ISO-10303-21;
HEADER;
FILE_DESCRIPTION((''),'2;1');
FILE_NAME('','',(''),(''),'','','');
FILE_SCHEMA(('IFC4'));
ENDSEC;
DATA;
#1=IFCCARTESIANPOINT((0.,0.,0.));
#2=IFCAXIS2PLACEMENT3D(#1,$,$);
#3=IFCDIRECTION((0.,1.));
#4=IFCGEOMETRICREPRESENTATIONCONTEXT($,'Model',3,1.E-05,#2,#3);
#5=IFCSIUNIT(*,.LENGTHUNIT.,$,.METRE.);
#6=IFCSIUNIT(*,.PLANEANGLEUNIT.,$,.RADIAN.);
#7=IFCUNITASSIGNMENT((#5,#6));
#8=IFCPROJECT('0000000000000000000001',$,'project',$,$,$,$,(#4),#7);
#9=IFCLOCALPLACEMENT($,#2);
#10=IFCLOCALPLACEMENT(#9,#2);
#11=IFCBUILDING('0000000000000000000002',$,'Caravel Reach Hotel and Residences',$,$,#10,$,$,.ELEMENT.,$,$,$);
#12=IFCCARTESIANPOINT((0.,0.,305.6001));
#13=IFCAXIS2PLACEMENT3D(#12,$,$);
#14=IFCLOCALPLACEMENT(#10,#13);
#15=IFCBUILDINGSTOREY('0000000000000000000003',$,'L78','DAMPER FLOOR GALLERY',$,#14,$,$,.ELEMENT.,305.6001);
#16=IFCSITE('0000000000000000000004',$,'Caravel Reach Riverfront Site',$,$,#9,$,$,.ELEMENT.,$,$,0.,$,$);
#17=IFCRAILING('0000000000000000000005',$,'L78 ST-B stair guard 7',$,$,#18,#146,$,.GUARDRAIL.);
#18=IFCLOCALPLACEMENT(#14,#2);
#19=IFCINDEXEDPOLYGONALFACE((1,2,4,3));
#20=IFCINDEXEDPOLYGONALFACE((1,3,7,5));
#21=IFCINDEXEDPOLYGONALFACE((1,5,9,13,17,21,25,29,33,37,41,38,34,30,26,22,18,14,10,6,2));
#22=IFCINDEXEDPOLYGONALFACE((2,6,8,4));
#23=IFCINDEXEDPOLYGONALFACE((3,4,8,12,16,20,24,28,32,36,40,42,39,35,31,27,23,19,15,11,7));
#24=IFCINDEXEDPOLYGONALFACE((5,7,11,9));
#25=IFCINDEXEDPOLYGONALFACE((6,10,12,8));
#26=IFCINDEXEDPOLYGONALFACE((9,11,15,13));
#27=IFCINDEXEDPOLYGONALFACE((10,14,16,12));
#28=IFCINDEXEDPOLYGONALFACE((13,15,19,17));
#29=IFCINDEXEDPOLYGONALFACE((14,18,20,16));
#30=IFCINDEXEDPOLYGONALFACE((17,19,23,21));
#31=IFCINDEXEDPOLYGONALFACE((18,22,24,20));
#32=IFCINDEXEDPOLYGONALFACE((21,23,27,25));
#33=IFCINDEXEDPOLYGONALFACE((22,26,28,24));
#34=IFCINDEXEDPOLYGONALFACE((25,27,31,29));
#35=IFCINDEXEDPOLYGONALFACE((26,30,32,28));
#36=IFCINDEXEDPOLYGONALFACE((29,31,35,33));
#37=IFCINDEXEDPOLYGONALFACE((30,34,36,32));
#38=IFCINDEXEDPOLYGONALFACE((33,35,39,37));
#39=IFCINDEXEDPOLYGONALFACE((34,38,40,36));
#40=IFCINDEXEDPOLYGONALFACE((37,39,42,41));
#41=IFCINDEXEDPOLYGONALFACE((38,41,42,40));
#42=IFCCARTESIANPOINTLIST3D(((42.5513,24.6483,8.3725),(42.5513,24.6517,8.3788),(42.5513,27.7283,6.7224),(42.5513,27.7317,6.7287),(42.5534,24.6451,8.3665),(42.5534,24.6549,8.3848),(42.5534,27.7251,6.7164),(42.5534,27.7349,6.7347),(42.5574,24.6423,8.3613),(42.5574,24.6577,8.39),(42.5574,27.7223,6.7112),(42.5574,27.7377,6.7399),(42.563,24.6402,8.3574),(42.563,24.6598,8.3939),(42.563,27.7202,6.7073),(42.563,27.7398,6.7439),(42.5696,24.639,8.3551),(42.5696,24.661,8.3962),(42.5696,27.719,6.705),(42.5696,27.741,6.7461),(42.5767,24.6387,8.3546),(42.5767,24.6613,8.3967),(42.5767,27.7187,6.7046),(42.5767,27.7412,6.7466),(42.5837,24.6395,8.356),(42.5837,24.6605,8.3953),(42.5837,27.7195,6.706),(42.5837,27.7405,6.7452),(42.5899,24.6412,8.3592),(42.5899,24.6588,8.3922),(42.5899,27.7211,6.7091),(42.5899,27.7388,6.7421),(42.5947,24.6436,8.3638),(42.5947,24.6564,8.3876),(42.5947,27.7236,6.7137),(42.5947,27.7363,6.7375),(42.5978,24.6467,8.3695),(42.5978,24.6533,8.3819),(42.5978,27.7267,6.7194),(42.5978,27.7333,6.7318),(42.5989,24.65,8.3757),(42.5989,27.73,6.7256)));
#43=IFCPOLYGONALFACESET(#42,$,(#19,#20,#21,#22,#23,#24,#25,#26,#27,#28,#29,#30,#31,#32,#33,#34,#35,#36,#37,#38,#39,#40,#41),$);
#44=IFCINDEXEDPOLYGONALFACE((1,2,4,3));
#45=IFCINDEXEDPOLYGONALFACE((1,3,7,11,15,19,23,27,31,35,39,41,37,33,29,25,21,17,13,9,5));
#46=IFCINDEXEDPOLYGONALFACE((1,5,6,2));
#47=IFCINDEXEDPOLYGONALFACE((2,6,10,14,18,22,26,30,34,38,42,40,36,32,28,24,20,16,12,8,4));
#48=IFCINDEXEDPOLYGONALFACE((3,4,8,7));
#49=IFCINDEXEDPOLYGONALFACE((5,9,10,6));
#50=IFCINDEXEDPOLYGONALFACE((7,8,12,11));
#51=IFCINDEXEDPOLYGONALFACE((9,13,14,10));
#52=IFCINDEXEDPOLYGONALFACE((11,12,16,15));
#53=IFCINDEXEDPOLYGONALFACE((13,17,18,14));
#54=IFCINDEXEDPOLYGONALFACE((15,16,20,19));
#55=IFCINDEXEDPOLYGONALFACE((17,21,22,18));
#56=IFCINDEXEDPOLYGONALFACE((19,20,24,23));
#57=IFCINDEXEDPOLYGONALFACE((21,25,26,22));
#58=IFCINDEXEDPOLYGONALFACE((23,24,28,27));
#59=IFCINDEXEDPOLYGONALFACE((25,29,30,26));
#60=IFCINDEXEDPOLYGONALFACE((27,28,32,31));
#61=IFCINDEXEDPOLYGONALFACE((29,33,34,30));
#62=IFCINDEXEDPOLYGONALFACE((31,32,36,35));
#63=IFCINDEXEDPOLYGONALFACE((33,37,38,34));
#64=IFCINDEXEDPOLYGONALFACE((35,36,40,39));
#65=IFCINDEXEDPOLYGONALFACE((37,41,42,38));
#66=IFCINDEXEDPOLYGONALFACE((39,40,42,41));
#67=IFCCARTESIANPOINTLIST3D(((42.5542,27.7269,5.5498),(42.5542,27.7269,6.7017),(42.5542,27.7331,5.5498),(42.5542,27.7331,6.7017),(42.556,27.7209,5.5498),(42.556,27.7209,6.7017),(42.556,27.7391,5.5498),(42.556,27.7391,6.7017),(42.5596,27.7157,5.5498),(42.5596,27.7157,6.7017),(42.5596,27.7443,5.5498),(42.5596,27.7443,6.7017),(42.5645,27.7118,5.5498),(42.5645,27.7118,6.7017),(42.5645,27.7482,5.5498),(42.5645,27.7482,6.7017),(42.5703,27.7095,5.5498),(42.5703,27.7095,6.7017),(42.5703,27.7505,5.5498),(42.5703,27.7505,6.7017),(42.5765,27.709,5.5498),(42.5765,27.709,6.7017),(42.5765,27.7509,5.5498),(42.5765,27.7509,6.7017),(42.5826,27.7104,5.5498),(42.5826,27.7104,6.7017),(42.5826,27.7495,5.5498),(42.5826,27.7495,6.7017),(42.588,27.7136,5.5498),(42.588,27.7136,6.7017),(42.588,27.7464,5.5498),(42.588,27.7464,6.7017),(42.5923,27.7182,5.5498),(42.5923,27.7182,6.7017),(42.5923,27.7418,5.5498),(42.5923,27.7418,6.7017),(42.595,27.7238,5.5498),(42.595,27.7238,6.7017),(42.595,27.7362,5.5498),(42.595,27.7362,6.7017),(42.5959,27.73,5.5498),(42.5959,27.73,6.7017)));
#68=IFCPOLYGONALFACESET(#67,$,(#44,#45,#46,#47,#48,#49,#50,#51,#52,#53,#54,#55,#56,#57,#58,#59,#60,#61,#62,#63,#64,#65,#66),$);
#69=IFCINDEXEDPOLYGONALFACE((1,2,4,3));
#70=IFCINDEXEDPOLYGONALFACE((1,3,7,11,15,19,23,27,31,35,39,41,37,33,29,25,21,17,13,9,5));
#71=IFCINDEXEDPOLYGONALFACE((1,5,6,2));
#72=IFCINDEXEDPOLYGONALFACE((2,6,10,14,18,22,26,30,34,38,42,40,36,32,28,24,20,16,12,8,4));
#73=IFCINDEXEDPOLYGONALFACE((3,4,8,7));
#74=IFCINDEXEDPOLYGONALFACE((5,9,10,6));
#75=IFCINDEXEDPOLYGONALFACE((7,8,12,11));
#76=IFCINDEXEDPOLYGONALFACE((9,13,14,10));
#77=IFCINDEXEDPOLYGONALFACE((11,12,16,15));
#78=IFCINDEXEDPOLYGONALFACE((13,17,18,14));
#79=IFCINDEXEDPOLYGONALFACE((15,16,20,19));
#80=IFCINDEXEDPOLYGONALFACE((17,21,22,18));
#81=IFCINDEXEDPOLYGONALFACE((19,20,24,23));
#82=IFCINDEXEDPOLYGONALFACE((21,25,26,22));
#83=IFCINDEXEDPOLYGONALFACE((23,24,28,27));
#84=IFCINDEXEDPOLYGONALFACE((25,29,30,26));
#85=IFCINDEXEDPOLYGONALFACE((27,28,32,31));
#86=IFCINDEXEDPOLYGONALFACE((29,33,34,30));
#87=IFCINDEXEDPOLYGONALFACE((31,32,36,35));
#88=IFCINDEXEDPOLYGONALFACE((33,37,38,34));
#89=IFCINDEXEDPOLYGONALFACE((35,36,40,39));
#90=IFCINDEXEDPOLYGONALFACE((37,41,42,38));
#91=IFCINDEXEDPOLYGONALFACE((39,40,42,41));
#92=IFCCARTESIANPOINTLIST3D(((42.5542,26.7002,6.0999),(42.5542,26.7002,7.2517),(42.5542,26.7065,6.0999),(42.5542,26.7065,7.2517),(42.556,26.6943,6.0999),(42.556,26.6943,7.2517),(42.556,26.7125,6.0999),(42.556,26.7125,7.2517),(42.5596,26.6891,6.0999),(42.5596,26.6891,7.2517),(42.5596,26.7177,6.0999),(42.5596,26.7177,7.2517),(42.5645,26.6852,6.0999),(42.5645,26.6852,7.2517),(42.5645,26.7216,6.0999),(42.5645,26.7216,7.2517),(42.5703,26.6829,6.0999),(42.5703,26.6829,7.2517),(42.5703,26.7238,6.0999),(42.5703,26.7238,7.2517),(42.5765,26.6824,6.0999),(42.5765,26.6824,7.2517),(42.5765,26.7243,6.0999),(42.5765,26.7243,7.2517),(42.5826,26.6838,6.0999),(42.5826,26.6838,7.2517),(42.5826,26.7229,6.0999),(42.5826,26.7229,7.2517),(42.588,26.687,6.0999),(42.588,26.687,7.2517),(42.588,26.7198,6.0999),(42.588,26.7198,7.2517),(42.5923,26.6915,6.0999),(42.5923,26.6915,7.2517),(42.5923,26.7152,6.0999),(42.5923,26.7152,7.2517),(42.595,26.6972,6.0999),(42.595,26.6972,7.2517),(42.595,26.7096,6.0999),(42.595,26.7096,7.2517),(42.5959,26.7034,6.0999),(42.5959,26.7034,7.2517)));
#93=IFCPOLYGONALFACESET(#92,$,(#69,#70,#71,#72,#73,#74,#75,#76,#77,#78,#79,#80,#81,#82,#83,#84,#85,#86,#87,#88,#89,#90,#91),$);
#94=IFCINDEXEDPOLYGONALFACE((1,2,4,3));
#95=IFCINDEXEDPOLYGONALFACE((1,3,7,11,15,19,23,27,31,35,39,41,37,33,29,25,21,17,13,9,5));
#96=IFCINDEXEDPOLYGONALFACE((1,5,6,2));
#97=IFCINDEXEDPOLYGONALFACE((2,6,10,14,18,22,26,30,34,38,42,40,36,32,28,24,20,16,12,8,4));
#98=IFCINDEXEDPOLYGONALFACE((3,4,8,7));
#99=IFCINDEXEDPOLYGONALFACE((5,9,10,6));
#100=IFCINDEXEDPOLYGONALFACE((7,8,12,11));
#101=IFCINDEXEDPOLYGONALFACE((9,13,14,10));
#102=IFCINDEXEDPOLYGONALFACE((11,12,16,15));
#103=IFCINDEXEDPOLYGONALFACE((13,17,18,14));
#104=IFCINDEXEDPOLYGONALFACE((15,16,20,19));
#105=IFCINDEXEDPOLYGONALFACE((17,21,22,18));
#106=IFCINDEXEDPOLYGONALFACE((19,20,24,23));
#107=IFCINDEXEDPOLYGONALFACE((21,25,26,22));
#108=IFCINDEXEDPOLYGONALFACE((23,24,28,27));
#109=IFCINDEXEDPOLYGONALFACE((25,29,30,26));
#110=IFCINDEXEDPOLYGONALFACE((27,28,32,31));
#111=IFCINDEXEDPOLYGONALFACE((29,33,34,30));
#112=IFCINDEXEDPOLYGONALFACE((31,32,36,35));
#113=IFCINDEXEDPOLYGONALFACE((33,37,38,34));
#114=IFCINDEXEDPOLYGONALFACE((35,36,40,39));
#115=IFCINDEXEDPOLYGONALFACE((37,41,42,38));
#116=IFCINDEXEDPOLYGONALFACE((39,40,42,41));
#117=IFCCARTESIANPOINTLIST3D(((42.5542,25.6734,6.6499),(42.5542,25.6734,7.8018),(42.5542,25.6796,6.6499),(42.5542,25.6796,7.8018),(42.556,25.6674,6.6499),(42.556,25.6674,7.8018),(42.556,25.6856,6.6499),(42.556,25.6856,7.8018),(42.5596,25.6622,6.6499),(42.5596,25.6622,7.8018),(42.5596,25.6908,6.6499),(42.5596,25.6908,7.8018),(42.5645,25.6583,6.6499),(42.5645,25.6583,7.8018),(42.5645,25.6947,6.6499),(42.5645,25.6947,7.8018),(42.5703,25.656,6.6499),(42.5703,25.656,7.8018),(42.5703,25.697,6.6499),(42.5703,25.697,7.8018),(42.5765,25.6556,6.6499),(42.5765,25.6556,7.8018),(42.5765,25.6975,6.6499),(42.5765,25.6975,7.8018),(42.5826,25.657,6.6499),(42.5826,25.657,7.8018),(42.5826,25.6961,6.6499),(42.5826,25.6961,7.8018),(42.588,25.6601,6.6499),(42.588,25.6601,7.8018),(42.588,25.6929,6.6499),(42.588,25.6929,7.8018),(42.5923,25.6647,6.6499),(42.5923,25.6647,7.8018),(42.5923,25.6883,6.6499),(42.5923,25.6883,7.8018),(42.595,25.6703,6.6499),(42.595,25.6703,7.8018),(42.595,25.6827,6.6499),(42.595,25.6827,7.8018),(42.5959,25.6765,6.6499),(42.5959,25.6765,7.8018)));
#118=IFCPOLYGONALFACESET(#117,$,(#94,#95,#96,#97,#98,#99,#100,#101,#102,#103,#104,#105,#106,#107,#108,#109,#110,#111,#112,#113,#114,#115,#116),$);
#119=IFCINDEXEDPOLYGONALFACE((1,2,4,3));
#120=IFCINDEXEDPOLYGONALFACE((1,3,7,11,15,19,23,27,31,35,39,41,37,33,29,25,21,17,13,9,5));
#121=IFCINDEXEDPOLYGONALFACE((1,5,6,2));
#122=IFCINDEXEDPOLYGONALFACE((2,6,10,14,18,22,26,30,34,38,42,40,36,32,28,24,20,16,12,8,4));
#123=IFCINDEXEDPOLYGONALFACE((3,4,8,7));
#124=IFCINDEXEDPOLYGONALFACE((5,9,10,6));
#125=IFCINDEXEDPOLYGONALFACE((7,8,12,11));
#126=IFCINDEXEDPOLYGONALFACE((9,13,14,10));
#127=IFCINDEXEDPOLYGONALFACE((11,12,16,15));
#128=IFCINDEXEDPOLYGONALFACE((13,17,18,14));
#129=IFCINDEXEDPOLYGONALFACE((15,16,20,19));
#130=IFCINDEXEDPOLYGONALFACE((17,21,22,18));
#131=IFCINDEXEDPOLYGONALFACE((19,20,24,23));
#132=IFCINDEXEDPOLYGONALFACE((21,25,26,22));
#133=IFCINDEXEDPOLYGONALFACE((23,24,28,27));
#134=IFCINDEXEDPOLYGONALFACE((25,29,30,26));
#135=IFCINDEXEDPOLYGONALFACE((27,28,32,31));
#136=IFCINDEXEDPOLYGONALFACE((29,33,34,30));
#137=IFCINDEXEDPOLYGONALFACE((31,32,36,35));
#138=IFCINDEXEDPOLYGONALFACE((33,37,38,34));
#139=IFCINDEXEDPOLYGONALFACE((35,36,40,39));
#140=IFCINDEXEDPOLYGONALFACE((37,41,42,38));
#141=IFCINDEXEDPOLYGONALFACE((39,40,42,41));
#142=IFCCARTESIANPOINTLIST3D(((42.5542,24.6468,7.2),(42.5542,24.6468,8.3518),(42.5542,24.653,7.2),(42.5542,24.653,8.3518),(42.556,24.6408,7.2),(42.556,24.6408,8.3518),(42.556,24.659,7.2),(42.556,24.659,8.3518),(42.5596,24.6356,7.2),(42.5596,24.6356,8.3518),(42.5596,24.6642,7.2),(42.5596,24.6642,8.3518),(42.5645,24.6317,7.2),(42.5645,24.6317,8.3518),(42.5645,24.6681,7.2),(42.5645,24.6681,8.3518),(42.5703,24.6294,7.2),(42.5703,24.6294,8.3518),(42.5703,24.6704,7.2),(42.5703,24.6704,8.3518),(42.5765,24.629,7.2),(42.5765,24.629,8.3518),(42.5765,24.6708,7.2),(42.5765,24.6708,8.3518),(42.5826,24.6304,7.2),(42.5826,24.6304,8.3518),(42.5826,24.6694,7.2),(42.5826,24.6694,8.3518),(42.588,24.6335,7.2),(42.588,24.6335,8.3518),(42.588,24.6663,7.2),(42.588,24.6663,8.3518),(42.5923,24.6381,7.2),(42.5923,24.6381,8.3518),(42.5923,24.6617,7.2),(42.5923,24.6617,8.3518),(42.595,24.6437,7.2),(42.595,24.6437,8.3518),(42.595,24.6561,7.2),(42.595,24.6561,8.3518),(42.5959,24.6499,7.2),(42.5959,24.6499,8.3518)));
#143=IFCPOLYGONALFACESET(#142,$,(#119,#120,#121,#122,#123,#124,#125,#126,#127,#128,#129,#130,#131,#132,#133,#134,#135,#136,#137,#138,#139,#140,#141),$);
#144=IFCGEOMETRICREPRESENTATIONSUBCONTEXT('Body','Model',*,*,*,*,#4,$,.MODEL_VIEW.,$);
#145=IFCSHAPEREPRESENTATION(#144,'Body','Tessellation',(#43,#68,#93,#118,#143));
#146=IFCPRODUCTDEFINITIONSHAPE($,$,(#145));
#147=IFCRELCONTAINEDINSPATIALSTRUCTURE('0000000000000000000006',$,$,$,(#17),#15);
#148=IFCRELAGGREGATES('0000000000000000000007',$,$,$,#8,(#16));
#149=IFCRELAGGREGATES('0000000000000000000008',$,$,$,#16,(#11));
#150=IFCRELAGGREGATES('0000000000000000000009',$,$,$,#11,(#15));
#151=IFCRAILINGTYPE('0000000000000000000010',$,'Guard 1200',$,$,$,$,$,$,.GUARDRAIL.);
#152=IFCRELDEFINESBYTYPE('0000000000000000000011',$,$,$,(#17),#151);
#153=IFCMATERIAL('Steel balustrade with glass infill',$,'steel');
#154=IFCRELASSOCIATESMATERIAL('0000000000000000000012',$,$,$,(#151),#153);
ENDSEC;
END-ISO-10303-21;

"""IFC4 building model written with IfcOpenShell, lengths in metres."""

from ifc_helpers import new_model, si_unit, direction, frame, origin, origin_2d, place, context, subcontext, project, spatial, circle, extrude, material, type_object, element, save


model = new_model("IFC4")

# Units and contexts
model_context = context("Model", 3, precision=1e-05, world=origin(), true_north=direction((0.0, 1.0)))
body_context = subcontext(model_context, "Body", "Model", "MODEL_VIEW")
ifc_project = project(units=[si_unit("LENGTHUNIT", "METRE"), si_unit("PLANEANGLEUNIT", "RADIAN")], contexts=[model_context])

# Site, building, storey
site_placement = place(None, origin())
site = spatial("IfcSite", under=ifc_project, at=site_placement, Name="Caravel Reach Riverfront Site", CompositionType="ELEMENT", RefElevation=0.0)
building_placement = place(site_placement, origin())
building = spatial("IfcBuilding", under=site, at=building_placement, Name="Caravel Reach Hotel and Residences", CompositionType="ELEMENT")
storey_placement = place(building_placement, frame((0.0, 0.0, 305.6001)))
storey = spatial("IfcBuildingStorey", under=building, at=storey_placement, Name="L78", Description="DAMPER FLOOR GALLERY", CompositionType="ELEMENT", Elevation=305.6001)

# Railing
ifc_material_1 = material(Name="Steel balustrade with glass infill", Category="steel")
railing_type_1 = type_object("IfcRailingType", Name="Guard 1200", PredefinedType="GUARDRAIL", material=ifc_material_1)
railing_1_placement = place(storey_placement, frame((42.575, 27.73, 5.5498)))
element("IfcRailing", 1, at=railing_1_placement, inside=storey, type_object=railing_type_1, Name="L78 ST-B stair guard 7", PredefinedType="GUARDRAIL", context=body_context, shape_type="SweptSolid", body=[
    extrude(circle(Radius=0.0239, at=origin_2d()), frame((0.0, 0.0, 1.1758), z_axis=(0.0, -0.881468, 0.472245), x_axis=(1.0, 0.0, 0.0)), (0.0, 0.0, 1.0), 3.4941),
    extrude(circle(Radius=0.021, at=origin_2d()), origin(), (0.0, 0.0, 1.0), 1.1519),
    extrude(circle(Radius=0.021, at=origin_2d()), frame((0.0, -1.0266, 0.55)), (0.0, 0.0, 1.0), 1.1519),
    extrude(circle(Radius=0.021, at=origin_2d()), frame((0.0, -2.0535, 1.1001)), (0.0, 0.0, 1.0), 1.1519),
    extrude(circle(Radius=0.021, at=origin_2d()), frame((0.0, -3.0801, 1.6501)), (0.0, 0.0, 1.0), 1.1519),
])

save(model, "model.ifc")
